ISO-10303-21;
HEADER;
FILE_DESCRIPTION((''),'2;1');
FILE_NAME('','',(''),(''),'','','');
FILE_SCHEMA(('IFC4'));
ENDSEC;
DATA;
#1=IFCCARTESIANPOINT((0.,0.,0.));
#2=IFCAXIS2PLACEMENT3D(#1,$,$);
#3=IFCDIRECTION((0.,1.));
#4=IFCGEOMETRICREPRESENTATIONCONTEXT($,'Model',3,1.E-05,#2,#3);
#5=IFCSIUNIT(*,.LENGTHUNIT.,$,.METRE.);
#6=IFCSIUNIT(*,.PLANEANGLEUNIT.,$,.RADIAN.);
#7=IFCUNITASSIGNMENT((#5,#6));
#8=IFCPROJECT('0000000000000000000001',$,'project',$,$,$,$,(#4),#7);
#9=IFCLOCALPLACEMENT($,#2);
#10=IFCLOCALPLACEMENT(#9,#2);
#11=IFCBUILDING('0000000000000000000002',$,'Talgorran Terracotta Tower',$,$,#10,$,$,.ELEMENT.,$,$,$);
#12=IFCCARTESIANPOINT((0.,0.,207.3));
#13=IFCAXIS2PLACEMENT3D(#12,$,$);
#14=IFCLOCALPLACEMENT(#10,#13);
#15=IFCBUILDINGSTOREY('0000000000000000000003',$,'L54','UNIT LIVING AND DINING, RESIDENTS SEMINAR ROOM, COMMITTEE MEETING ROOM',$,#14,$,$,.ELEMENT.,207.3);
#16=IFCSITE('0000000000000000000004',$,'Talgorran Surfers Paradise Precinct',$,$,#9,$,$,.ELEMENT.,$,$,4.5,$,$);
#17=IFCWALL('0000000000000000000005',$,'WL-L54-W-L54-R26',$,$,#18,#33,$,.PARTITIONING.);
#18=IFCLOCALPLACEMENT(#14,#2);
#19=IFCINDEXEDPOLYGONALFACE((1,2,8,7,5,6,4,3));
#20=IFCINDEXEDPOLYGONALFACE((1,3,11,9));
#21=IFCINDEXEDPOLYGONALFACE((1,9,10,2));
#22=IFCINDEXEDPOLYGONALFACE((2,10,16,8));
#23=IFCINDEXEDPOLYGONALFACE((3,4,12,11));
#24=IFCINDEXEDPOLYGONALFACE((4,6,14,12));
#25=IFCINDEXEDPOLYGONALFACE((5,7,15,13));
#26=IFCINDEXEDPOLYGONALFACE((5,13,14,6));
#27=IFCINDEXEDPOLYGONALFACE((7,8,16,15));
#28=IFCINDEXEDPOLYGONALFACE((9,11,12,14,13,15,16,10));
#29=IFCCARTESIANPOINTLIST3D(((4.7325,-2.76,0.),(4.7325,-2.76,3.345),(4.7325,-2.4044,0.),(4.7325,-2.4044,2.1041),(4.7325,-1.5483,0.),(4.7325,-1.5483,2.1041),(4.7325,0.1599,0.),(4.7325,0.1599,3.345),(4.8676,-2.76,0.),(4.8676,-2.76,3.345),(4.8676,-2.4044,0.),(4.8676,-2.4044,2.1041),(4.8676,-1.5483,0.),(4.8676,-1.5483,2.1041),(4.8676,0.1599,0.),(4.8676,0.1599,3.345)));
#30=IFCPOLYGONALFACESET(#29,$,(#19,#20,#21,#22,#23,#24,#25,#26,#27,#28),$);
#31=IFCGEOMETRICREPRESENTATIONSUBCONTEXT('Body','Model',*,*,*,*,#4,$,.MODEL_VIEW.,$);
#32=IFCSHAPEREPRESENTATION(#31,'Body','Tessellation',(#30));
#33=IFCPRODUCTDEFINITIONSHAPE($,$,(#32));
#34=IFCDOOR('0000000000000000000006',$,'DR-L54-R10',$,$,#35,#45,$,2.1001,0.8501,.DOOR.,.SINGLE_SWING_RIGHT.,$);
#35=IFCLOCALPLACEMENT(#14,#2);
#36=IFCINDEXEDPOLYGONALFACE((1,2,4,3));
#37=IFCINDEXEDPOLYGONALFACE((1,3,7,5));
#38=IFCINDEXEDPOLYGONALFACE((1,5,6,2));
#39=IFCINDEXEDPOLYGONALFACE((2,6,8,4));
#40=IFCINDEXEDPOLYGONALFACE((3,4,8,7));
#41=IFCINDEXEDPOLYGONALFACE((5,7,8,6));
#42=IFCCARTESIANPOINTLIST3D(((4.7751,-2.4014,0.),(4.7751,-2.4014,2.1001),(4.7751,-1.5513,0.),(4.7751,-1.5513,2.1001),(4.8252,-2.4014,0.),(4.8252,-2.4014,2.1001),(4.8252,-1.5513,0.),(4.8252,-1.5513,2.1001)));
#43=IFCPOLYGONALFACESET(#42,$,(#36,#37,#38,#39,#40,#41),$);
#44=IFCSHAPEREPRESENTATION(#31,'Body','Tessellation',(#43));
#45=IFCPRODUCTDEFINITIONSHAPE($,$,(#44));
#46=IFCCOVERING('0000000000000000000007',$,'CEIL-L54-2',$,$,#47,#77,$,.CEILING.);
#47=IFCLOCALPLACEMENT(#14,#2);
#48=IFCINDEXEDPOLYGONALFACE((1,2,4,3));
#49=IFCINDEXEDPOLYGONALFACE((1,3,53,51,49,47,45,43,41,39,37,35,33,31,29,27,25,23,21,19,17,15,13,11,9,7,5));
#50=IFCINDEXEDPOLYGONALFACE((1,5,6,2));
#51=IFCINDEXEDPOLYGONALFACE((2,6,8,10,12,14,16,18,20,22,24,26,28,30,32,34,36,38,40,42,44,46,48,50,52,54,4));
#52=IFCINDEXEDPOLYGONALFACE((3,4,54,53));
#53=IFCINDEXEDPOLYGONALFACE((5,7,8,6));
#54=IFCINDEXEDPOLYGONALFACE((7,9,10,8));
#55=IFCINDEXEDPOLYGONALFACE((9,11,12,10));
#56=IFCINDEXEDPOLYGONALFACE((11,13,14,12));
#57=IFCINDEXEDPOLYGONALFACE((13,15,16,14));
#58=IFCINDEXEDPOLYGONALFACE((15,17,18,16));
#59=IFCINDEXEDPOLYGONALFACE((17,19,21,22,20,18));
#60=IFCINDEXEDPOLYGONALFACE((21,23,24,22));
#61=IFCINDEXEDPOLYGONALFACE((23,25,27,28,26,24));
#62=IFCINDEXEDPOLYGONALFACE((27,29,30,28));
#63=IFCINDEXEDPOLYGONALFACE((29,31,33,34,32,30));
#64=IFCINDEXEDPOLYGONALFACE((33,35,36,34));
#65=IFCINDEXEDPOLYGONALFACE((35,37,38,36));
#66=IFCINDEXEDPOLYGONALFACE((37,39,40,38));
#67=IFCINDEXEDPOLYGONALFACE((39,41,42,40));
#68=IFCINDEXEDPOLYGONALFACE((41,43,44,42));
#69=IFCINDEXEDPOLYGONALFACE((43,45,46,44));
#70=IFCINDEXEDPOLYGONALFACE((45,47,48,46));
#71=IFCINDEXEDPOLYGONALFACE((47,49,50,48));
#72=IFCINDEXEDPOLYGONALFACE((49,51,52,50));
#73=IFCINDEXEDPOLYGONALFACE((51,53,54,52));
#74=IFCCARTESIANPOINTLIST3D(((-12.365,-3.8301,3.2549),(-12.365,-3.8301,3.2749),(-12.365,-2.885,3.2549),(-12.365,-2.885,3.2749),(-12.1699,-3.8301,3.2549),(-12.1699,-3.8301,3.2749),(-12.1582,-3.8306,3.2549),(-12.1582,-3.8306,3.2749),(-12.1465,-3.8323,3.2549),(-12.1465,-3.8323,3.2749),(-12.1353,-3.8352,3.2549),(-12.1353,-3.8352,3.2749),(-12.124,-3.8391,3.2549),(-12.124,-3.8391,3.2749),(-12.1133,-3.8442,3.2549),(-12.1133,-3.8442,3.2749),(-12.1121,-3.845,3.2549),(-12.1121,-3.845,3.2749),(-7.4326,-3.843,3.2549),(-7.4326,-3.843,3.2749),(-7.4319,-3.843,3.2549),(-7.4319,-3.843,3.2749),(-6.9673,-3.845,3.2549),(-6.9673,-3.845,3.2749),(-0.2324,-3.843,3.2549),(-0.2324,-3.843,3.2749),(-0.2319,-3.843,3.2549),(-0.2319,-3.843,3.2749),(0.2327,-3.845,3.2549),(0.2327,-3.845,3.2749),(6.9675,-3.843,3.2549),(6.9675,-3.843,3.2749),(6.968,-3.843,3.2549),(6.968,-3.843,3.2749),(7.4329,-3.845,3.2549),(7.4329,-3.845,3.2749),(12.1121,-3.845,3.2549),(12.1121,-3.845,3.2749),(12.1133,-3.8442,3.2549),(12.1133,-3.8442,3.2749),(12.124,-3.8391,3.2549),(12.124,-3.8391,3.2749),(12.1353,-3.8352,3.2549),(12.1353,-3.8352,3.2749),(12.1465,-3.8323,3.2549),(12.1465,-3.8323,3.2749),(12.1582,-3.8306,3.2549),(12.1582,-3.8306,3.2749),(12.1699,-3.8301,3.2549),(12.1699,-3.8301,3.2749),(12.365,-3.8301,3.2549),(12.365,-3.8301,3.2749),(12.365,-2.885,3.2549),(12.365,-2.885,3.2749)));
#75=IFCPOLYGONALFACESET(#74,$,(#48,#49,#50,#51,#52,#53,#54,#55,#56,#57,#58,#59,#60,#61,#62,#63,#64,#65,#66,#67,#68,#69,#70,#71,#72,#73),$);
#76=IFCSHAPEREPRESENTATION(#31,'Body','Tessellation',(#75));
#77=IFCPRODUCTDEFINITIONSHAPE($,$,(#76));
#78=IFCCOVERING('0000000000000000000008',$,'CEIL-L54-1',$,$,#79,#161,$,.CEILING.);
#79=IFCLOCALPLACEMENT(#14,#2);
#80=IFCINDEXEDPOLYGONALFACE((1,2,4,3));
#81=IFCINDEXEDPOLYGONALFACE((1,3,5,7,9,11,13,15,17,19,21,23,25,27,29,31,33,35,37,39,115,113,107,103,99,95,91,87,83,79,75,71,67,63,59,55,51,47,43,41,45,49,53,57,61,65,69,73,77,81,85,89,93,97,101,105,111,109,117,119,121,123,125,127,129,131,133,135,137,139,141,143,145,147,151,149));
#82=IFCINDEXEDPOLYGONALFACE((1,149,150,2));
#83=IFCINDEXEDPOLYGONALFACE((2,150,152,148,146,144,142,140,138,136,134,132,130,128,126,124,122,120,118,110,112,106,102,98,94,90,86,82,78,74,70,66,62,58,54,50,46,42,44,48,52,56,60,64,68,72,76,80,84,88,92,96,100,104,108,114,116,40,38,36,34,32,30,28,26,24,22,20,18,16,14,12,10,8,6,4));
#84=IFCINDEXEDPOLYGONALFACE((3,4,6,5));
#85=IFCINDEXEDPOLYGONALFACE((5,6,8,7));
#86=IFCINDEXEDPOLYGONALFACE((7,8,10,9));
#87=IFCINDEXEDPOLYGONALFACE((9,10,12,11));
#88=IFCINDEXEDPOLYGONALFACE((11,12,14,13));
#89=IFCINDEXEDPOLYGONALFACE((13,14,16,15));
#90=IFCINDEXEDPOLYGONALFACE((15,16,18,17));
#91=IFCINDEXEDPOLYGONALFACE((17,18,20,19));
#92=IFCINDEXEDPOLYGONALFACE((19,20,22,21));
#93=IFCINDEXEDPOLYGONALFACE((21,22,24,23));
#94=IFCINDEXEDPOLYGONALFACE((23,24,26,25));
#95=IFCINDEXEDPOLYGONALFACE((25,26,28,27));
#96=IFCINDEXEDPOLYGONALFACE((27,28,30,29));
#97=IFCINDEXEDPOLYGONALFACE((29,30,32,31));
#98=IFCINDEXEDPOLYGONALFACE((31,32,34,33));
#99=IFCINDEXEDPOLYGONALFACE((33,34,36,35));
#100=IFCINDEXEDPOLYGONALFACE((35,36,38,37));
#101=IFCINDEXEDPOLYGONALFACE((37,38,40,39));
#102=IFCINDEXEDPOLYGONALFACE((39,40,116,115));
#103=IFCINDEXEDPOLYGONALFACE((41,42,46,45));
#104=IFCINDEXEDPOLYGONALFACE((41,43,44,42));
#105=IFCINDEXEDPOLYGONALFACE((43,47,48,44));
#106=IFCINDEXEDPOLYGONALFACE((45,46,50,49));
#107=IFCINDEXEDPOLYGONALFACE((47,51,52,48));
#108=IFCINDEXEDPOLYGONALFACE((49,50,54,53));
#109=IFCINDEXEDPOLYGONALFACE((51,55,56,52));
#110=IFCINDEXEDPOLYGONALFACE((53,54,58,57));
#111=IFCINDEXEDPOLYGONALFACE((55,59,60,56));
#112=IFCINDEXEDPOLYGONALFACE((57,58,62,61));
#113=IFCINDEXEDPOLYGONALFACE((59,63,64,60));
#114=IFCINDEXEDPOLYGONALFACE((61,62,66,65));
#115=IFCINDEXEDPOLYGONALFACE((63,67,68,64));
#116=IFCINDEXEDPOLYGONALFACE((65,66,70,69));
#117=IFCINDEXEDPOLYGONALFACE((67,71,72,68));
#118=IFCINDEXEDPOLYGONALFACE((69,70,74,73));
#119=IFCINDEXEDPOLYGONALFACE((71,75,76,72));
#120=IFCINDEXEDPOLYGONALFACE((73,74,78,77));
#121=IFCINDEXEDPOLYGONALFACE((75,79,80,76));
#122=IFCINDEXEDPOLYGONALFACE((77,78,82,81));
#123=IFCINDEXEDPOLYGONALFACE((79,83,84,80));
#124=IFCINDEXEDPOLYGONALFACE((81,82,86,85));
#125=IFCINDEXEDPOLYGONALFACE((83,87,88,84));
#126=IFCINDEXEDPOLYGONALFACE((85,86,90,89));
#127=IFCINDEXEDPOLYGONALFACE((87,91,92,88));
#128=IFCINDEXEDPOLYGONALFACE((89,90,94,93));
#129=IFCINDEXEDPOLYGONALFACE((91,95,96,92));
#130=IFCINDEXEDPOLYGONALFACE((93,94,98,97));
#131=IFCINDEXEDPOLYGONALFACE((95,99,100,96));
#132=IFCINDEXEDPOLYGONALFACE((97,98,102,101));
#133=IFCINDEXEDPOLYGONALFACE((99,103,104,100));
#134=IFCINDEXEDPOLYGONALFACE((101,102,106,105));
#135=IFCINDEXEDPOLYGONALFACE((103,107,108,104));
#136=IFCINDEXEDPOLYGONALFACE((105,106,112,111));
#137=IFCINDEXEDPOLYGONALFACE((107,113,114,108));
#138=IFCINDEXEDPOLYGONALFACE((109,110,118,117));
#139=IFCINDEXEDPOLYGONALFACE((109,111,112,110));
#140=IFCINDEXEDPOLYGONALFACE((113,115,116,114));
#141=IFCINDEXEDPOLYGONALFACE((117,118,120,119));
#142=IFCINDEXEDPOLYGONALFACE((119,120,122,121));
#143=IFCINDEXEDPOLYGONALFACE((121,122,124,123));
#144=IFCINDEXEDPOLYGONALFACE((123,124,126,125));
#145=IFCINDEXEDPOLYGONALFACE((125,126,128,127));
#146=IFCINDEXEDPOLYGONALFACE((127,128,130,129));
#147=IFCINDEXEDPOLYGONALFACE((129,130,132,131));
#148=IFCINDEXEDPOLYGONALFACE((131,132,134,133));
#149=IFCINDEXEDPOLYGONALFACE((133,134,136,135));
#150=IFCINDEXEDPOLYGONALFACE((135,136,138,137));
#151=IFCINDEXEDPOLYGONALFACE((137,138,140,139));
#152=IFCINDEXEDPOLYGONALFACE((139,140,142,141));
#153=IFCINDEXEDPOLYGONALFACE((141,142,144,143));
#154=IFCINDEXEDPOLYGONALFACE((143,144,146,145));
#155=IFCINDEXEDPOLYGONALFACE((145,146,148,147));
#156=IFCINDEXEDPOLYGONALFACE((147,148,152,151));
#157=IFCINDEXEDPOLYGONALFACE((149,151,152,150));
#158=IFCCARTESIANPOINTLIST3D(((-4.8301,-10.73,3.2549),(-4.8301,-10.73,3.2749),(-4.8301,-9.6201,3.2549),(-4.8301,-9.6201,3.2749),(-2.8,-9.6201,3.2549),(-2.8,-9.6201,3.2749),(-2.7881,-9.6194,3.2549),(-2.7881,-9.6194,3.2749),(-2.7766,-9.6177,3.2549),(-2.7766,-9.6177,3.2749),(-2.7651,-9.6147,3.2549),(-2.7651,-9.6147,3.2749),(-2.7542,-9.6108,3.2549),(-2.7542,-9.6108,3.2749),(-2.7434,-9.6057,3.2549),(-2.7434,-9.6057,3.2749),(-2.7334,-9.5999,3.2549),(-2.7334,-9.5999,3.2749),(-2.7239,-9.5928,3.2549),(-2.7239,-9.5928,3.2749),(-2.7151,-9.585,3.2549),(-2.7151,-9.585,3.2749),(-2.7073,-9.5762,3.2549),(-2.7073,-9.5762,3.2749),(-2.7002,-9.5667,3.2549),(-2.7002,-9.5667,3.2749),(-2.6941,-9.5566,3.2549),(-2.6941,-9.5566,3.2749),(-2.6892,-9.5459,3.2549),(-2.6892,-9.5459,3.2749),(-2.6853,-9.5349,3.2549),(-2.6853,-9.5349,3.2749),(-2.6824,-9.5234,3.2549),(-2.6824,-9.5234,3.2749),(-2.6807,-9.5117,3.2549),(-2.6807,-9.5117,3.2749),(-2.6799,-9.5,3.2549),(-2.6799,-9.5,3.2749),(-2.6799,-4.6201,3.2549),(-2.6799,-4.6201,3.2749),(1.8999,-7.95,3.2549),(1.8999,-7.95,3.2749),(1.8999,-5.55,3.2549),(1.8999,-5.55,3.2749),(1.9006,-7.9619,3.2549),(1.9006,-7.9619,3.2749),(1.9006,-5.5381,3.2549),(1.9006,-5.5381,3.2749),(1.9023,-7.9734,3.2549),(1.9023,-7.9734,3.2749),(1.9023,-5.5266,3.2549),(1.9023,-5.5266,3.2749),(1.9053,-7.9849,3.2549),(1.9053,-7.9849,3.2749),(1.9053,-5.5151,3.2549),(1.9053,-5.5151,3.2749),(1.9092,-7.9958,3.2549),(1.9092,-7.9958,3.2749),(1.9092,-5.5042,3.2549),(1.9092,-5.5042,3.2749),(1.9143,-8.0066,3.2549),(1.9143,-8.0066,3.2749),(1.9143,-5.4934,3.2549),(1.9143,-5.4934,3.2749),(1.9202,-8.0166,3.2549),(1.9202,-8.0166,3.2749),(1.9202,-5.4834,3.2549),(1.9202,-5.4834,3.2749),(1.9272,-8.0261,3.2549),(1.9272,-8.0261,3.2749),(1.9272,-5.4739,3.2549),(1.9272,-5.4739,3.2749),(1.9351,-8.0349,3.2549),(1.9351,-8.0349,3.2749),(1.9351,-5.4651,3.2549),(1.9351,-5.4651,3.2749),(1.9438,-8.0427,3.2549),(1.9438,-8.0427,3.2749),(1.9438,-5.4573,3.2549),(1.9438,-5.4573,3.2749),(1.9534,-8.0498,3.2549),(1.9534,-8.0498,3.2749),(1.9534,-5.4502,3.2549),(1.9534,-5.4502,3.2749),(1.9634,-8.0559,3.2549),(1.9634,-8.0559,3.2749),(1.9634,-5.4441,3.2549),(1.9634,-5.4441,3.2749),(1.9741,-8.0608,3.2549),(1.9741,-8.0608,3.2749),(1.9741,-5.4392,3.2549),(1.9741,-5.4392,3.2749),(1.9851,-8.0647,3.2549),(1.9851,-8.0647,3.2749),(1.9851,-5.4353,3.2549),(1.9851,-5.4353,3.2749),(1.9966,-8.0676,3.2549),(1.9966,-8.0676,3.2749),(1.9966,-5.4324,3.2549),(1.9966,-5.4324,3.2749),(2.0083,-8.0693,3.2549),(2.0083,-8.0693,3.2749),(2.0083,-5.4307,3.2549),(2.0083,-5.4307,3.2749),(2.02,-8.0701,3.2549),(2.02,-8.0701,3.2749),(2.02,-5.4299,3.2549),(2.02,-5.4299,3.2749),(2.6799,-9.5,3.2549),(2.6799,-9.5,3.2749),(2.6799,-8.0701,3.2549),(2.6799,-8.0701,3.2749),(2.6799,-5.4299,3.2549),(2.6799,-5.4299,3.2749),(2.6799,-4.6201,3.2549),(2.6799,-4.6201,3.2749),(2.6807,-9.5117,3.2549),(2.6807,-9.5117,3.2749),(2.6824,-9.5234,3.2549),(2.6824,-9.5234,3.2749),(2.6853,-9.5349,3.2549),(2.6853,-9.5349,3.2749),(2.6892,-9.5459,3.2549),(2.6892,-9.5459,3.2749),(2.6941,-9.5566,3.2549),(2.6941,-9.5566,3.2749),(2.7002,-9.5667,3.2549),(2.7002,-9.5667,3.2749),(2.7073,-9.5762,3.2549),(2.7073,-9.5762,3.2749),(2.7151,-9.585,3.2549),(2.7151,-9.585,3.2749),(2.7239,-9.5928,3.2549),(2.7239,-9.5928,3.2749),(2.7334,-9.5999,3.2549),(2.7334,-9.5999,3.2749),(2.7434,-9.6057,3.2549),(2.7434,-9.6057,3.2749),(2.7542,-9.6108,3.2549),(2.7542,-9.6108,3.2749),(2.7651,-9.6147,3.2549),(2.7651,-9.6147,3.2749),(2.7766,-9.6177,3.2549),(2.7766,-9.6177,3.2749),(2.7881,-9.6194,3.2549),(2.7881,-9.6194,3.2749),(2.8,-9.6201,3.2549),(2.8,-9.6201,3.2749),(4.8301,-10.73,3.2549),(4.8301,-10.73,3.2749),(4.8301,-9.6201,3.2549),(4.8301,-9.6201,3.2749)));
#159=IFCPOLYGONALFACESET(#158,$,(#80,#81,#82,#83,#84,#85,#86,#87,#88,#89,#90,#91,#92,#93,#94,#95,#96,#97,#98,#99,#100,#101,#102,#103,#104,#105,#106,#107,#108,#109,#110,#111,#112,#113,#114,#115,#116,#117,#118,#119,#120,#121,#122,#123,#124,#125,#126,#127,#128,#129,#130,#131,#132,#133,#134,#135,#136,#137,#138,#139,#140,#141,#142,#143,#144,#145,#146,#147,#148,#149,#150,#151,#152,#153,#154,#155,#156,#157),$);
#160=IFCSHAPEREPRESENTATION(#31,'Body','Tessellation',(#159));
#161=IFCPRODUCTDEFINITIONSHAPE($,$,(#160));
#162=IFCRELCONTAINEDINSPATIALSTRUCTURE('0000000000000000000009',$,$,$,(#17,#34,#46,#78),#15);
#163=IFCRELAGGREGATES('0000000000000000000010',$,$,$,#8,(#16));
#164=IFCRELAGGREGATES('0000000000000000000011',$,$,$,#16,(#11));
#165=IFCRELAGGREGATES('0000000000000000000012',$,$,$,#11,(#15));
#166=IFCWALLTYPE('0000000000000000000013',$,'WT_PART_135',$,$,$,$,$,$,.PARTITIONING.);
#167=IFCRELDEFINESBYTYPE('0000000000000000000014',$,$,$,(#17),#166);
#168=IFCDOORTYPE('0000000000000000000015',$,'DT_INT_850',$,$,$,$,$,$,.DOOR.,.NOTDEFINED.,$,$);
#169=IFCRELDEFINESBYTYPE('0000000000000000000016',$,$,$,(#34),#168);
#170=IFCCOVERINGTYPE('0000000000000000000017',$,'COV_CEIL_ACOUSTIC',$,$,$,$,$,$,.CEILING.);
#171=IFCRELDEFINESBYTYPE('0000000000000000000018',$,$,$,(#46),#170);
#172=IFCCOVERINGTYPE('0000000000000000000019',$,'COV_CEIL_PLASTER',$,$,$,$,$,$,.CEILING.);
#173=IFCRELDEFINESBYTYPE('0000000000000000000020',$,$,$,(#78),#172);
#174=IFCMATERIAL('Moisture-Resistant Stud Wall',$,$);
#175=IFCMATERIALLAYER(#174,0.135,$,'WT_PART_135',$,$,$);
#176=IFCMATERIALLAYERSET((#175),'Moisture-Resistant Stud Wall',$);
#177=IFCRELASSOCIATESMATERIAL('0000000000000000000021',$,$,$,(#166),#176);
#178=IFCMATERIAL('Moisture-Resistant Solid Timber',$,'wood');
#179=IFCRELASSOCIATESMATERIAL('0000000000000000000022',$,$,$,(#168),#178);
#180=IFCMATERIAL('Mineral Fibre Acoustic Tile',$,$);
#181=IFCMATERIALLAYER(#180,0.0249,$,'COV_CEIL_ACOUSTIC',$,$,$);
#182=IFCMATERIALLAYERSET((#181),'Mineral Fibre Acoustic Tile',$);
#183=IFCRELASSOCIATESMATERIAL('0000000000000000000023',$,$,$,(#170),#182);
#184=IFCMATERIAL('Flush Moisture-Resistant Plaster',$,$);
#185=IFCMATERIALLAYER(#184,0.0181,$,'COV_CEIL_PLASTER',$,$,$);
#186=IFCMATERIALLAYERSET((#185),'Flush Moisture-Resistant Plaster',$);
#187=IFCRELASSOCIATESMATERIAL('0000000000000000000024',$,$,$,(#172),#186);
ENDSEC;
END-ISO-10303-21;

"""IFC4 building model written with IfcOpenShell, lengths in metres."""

from ifc_helpers import new_model, si_unit, direction, frame, frame_2d, origin, place, context, subcontext, project, spatial, polyline, rectangle, outline, extrude, material, layer, layer_set, type_object, element, fill, save


model = new_model("IFC4")

# Units and contexts
model_context = context("Model", 3, precision=1e-05, world=origin(), true_north=direction((0.0, 1.0)))
body_context = subcontext(model_context, "Body", "Model", "MODEL_VIEW")
ifc_project = project(units=[si_unit("LENGTHUNIT", "METRE"), si_unit("PLANEANGLEUNIT", "RADIAN")], contexts=[model_context])

# Site, building, storey
site_placement = place(None, origin())
site = spatial("IfcSite", under=ifc_project, at=site_placement, Name="Talgorran Surfers Paradise Precinct", CompositionType="ELEMENT", RefElevation=4.5)
building_placement = place(site_placement, origin())
building = spatial("IfcBuilding", under=site, at=building_placement, Name="Talgorran Terracotta Tower", CompositionType="ELEMENT")
storey_placement = place(building_placement, frame((0.0, 0.0, 207.3)))
storey = spatial("IfcBuildingStorey", under=building, at=storey_placement, Name="L54", Description="UNIT LIVING AND DINING, RESIDENTS SEMINAR ROOM, COMMITTEE MEETING ROOM", CompositionType="ELEMENT", Elevation=207.3)

# Wall, opening, door
ifc_material_1 = material(Name="Moisture-Resistant Stud Wall")
ifc_layer_1 = layer(ifc_material_1, 0.135, Name="WT_PART_135")
ifc_layer_set_1 = layer_set([ifc_layer_1], Name="Moisture-Resistant Stud Wall")
wall_type_1 = type_object("IfcWallType", Name="WT_PART_135", PredefinedType="PARTITIONING", material=ifc_layer_set_1)
wall_1_placement = place(storey_placement, frame((4.8, -2.76, 0.0), z_axis=(0.0, 0.0, 1.0), x_axis=(0.0, 1.0, 0.0)))
wall_1 = element("IfcWall", 1, at=wall_1_placement, inside=storey, type_object=wall_type_1, Name="WL-L54-W-L54-R26", PredefinedType="PARTITIONING", context=body_context, shape_type="SweptSolid", body=[
    extrude(rectangle(XDim=2.9199, YDim=0.135, at=frame_2d((1.46, 0.0))), origin(), (0.0, 0.0, 1.0), 3.345),
])
opening_1_placement = place(wall_1_placement, frame((0.3586, 0.0, 0.0)))
opening_1 = element("IfcOpeningElement", 2, at=opening_1_placement, cuts=wall_1, PredefinedType="OPENING", context=body_context, shape_type="SweptSolid", body=[
    extrude(rectangle(XDim=0.8561, YDim=2.1041, at=frame_2d((0.425, 1.052))), frame((0.0, 0.0776, 0.0), z_axis=(0.0, -1.0, 0.0), x_axis=(1.0, 0.0, 0.0)), (0.0, 0.0, 1.0), 0.155),
])
ifc_material_2 = material(Name="Moisture-Resistant Solid Timber", Category="wood")
door_type_1 = type_object("IfcDoorType", Name="DT_INT_850", OperationType="NOTDEFINED", PredefinedType="DOOR", material=ifc_material_2)
door_1_placement = place(opening_1_placement, origin())
door_1 = element("IfcDoor", 3, at=door_1_placement, inside=storey, type_object=door_type_1, Name="DR-L54-R10", OperationType="SINGLE_SWING_RIGHT", OverallHeight=2.1001, OverallWidth=0.8501, PredefinedType="DOOR", context=body_context, shape_type="SweptSolid", body=[
    extrude(rectangle(XDim=0.8501, YDim=2.1001, at=frame_2d((0.425, 1.05))), frame((0.0, 0.0249, 0.0), z_axis=(0.0, -1.0, 0.0), x_axis=(1.0, 0.0, 0.0)), (0.0, 0.0, 1.0), 0.05),
])
fill(opening_1, door_1)

# Coverings
ifc_material_3 = material(Name="Mineral Fibre Acoustic Tile")
ifc_layer_2 = layer(ifc_material_3, 0.0249, Name="COV_CEIL_ACOUSTIC")
ifc_layer_set_2 = layer_set([ifc_layer_2], Name="Mineral Fibre Acoustic Tile")
covering_type_1 = type_object("IfcCoveringType", Name="COV_CEIL_ACOUSTIC", PredefinedType="CEILING", material=ifc_layer_set_2)
covering_1_placement = place(storey_placement, frame((0.0, 0.0, 3.2549)))
element("IfcCovering", 4, at=covering_1_placement, inside=storey, type_object=covering_type_1, Name="CEIL-L54-2", PredefinedType="CEILING", context=body_context, shape_type="SweptSolid", body=[
    extrude(outline(polyline([(-12.365, -2.885), (12.365, -2.885), (12.365, -3.8301), (12.1699, -3.8301), (12.1582, -3.8306), (12.1465, -3.8323), (12.1353, -3.8352), (12.124, -3.8391), (12.1133, -3.8442), (12.1121, -3.845), (7.4329, -3.845), (6.968, -3.843), (6.9675, -3.843), (0.2327, -3.845), (-0.2319, -3.843), (-0.2324, -3.843), (-6.9673, -3.845), (-7.4319, -3.843), (-7.4326, -3.843), (-12.1121, -3.845), (-12.1133, -3.8442), (-12.124, -3.8391), (-12.1353, -3.8352), (-12.1465, -3.8323), (-12.1582, -3.8306), (-12.1699, -3.8301), (-12.365, -3.8301), (-12.365, -2.885)])), origin(), (0.0, 0.0, 1.0), 0.02),
])
ifc_material_4 = material(Name="Flush Moisture-Resistant Plaster")
ifc_layer_3 = layer(ifc_material_4, 0.0181, Name="COV_CEIL_PLASTER")
ifc_layer_set_3 = layer_set([ifc_layer_3], Name="Flush Moisture-Resistant Plaster")
covering_type_2 = type_object("IfcCoveringType", Name="COV_CEIL_PLASTER", PredefinedType="CEILING", material=ifc_layer_set_3)
covering_2_placement = place(storey_placement, frame((0.0, 0.0, 3.2549)))
element("IfcCovering", 5, at=covering_2_placement, inside=storey, type_object=covering_type_2, Name="CEIL-L54-1", PredefinedType="CEILING", context=body_context, shape_type="SweptSolid", body=[
    extrude(outline(polyline([(4.8301, -9.6201), (4.8301, -10.73), (-4.8301, -10.73), (-4.8301, -9.6201), (-2.8, -9.6201), (-2.7881, -9.6194), (-2.7766, -9.6177), (-2.7651, -9.6147), (-2.7542, -9.6108), (-2.7434, -9.6057), (-2.7334, -9.5999), (-2.7239, -9.5928), (-2.7151, -9.585), (-2.7073, -9.5762), (-2.7002, -9.5667), (-2.6941, -9.5566), (-2.6892, -9.5459), (-2.6853, -9.5349), (-2.6824, -9.5234), (-2.6807, -9.5117), (-2.6799, -9.5), (-2.6799, -4.6201), (2.6799, -4.6201), (2.6799, -5.4299), (2.02, -5.4299), (2.0083, -5.4307), (1.9966, -5.4324), (1.9851, -5.4353), (1.9741, -5.4392), (1.9634, -5.4441), (1.9534, -5.4502), (1.9438, -5.4573), (1.9351, -5.4651), (1.9272, -5.4739), (1.9202, -5.4834), (1.9143, -5.4934), (1.9092, -5.5042), (1.9053, -5.5151), (1.9023, -5.5266), (1.9006, -5.5381), (1.8999, -5.55), (1.8999, -7.95), (1.9006, -7.9619), (1.9023, -7.9734), (1.9053, -7.9849), (1.9092, -7.9958), (1.9143, -8.0066), (1.9202, -8.0166), (1.9272, -8.0261), (1.9351, -8.0349), (1.9438, -8.0427), (1.9534, -8.0498), (1.9634, -8.0559), (1.9741, -8.0608), (1.9851, -8.0647), (1.9966, -8.0676), (2.0083, -8.0693), (2.02, -8.0701), (2.6799, -8.0701), (2.6799, -9.5), (2.6807, -9.5117), (2.6824, -9.5234), (2.6853, -9.5349), (2.6892, -9.5459), (2.6941, -9.5566), (2.7002, -9.5667), (2.7073, -9.5762), (2.7151, -9.585), (2.7239, -9.5928), (2.7334, -9.5999), (2.7434, -9.6057), (2.7542, -9.6108), (2.7651, -9.6147), (2.7766, -9.6177), (2.7881, -9.6194), (2.8, -9.6201), (4.8301, -9.6201)])), origin(), (0.0, 0.0, 1.0), 0.02),
])

save(model, "model.ifc")
